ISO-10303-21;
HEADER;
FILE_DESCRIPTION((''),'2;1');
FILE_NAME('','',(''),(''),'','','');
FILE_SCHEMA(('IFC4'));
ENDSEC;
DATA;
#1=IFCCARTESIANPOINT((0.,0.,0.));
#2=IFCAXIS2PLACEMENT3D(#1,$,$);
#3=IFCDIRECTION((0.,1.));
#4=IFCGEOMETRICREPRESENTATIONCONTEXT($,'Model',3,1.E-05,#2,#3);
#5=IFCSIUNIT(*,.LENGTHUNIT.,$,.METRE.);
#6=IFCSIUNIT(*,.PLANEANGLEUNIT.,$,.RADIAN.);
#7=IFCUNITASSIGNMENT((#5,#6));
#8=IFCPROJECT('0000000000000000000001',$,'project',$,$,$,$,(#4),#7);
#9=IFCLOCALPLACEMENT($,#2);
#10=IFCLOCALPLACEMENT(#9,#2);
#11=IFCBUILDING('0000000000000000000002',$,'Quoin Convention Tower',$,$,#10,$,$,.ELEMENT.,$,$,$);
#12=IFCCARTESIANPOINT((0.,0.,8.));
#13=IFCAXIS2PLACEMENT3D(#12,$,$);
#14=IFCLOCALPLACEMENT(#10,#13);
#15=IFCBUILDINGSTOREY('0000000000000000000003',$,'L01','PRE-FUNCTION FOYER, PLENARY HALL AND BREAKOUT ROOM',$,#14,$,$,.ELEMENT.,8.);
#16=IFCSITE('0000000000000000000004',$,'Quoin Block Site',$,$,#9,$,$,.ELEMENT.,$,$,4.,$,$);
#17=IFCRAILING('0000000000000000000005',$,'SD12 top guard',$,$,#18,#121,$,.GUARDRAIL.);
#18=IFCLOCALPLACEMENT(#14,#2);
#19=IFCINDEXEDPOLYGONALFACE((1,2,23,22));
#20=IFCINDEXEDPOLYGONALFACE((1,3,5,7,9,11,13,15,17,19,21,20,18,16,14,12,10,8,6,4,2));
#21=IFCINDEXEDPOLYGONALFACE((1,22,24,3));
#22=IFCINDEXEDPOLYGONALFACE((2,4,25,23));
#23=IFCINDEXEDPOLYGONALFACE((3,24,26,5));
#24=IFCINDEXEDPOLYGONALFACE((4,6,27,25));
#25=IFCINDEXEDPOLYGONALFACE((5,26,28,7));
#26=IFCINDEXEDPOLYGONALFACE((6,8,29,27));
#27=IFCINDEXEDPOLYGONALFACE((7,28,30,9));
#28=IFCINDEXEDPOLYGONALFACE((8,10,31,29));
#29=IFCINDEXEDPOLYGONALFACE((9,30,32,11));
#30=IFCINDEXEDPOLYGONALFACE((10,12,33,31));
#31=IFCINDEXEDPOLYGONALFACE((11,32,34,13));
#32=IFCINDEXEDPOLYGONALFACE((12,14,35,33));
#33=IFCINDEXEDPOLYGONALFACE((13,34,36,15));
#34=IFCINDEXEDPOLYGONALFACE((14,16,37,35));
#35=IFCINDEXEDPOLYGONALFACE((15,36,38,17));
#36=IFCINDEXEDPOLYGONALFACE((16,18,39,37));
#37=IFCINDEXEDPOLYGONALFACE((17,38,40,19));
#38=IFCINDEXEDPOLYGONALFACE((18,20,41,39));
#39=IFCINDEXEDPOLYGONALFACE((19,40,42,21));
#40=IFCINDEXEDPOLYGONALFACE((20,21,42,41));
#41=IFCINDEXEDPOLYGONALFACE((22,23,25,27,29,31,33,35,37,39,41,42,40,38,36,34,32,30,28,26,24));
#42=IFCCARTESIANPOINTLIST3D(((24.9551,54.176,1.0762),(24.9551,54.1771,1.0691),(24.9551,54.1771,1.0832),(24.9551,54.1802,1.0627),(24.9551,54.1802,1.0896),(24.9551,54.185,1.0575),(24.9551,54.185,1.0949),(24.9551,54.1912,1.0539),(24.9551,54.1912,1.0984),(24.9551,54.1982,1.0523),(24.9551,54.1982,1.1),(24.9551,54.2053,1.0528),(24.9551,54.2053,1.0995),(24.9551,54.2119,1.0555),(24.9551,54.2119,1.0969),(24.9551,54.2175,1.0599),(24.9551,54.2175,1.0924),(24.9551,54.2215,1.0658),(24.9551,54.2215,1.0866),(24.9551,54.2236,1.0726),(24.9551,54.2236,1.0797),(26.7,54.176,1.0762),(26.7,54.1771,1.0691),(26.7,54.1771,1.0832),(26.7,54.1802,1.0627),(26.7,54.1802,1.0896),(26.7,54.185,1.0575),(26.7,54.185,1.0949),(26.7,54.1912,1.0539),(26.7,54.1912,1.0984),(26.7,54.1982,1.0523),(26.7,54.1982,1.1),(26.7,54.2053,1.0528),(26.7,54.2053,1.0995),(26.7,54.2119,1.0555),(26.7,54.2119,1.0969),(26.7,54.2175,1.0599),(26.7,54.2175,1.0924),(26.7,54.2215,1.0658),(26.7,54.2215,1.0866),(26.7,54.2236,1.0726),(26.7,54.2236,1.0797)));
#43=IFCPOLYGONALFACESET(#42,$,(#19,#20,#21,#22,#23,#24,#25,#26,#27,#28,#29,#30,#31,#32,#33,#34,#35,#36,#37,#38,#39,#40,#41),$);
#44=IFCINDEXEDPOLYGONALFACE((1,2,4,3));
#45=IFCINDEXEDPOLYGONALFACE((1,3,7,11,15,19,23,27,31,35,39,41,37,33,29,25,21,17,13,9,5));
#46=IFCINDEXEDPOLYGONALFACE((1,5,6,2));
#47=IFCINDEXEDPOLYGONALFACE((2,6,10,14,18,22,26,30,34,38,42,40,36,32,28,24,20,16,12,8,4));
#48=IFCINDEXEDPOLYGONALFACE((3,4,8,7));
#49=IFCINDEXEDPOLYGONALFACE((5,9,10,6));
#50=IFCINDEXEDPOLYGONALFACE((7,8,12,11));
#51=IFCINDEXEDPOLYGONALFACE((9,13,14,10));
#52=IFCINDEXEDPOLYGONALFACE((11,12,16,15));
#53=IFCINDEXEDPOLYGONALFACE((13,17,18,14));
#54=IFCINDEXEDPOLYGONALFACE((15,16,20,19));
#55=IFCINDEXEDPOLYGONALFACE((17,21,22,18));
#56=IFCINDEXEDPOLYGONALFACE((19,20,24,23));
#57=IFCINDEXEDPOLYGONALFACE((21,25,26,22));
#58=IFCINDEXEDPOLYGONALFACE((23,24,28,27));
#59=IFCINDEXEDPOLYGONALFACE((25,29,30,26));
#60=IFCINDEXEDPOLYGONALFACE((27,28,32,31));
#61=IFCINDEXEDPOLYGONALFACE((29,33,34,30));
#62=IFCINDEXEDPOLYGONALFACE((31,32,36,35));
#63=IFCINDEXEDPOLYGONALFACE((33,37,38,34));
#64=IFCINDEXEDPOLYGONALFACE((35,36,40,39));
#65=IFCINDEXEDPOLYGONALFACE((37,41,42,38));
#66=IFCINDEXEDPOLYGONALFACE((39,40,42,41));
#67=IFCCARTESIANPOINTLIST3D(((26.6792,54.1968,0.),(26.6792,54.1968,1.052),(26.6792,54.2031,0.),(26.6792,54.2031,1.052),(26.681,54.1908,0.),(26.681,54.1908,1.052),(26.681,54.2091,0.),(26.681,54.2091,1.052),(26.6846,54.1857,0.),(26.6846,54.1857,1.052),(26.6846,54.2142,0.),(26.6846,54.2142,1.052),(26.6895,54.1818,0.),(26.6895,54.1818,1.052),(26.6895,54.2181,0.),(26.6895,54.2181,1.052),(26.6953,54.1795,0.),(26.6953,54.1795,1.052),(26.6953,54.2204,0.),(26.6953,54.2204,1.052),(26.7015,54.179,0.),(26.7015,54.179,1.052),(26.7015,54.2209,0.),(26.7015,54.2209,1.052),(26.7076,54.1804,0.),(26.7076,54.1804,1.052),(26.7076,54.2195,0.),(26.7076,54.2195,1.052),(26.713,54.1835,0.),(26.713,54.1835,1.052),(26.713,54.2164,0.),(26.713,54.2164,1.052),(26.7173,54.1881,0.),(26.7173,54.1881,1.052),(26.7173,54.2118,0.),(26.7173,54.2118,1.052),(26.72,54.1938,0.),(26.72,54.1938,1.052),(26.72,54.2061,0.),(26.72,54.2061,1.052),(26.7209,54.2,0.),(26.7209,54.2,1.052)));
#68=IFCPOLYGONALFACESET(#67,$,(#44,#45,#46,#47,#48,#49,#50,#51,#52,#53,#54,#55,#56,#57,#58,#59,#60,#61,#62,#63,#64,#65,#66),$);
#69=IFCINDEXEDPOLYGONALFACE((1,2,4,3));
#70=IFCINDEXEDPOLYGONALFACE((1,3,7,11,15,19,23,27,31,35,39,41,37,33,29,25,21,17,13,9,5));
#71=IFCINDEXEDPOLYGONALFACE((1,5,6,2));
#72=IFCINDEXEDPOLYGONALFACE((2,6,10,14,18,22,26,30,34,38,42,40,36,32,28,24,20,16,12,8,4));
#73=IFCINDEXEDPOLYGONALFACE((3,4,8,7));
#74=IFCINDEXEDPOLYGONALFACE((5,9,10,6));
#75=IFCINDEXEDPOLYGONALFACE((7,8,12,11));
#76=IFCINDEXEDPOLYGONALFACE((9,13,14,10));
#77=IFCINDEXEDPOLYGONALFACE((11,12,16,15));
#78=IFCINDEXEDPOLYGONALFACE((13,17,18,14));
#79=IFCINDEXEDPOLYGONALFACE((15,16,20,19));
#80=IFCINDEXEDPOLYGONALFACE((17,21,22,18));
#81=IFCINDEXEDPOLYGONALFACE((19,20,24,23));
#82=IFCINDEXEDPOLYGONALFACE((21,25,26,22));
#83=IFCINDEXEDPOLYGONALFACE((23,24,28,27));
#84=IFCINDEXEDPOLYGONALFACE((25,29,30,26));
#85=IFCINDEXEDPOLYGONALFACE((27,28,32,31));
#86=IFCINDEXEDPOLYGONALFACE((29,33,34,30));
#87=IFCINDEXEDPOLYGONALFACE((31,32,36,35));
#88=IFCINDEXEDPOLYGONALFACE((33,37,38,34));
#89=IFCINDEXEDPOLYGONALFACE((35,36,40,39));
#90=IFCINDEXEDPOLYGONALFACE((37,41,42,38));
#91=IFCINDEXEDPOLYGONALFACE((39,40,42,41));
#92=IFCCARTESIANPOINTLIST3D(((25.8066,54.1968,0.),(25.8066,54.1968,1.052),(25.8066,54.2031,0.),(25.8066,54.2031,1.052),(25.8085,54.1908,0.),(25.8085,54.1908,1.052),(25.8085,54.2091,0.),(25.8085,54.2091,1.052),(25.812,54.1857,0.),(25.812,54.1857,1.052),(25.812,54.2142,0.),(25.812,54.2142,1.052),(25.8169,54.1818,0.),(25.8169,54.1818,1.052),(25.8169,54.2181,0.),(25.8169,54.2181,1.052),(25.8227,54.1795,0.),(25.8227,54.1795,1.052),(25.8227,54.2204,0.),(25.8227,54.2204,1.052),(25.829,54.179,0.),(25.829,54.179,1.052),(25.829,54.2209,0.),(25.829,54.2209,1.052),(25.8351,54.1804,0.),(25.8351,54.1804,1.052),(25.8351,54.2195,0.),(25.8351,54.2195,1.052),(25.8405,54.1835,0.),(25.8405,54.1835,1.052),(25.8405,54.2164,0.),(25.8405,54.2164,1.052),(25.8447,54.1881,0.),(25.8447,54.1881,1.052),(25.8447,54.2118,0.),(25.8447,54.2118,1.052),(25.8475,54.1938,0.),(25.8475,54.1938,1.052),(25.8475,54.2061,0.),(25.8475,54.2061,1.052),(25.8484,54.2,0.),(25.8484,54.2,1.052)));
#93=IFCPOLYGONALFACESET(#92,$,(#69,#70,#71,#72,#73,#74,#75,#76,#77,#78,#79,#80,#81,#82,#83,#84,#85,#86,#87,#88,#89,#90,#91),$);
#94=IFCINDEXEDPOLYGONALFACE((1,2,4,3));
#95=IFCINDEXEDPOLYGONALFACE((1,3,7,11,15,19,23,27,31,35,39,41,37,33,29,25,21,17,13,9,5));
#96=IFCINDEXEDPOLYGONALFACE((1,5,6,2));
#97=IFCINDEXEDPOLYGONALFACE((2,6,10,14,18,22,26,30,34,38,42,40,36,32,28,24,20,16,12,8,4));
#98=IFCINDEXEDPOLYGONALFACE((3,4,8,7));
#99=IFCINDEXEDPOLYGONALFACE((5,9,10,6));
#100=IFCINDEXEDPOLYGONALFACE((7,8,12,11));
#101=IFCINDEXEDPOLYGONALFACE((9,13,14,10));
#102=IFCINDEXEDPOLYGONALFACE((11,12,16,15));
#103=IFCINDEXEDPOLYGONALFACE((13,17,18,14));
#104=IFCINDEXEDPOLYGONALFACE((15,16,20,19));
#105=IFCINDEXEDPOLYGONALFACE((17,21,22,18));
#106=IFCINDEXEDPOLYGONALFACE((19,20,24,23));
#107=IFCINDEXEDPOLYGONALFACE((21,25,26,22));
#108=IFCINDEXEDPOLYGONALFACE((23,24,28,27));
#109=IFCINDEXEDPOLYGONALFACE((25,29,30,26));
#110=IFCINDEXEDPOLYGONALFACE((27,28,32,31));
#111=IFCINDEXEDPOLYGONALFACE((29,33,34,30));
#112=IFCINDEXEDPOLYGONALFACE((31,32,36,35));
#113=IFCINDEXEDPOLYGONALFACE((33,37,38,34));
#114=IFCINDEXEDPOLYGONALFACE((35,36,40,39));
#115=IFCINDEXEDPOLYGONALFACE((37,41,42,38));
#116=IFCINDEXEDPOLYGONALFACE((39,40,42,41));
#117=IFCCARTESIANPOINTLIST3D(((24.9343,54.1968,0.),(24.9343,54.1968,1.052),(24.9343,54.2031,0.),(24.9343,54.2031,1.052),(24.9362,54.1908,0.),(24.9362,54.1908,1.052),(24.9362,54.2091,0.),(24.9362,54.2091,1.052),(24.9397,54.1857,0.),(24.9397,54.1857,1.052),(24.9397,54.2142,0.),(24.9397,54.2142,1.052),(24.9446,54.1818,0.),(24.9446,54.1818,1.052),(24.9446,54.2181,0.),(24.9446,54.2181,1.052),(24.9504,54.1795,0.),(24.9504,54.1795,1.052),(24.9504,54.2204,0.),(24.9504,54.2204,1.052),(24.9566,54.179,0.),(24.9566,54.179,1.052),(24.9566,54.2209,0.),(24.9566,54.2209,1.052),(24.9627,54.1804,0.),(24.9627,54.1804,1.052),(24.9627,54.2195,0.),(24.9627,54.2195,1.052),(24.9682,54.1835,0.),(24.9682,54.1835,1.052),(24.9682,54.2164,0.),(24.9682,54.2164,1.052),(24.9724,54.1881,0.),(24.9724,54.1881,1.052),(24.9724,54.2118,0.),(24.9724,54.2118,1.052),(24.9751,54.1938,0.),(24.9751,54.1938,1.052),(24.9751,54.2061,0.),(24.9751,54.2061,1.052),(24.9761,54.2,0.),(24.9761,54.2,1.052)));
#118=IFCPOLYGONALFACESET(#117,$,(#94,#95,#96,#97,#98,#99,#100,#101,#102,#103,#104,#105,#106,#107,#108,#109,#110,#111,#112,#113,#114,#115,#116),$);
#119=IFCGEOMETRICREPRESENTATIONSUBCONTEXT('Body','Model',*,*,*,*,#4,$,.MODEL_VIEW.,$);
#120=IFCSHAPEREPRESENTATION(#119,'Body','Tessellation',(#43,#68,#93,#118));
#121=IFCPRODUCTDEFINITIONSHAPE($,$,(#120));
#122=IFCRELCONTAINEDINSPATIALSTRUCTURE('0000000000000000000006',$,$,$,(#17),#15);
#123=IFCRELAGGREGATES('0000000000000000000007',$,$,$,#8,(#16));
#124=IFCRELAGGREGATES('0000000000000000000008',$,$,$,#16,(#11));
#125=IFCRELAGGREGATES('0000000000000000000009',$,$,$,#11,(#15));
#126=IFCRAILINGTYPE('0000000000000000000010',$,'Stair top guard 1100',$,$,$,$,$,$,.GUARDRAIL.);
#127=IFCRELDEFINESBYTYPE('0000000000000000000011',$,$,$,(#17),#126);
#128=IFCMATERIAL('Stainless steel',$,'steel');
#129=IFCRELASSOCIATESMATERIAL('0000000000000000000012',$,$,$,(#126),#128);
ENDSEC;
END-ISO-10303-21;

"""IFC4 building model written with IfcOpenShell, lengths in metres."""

from ifc_helpers import new_model, si_unit, direction, frame, origin, origin_2d, place, context, subcontext, project, spatial, circle, extrude, material, type_object, element, save


model = new_model("IFC4")

# Units and contexts
model_context = context("Model", 3, precision=1e-05, world=origin(), true_north=direction((0.0, 1.0)))
body_context = subcontext(model_context, "Body", "Model", "MODEL_VIEW")
ifc_project = project(units=[si_unit("LENGTHUNIT", "METRE"), si_unit("PLANEANGLEUNIT", "RADIAN")], contexts=[model_context])

# Site, building, storey
site_placement = place(None, origin())
site = spatial("IfcSite", under=ifc_project, at=site_placement, Name="Quoin Block Site", CompositionType="ELEMENT", RefElevation=4.0)
building_placement = place(site_placement, origin())
building = spatial("IfcBuilding", under=site, at=building_placement, Name="Quoin Convention Tower", CompositionType="ELEMENT")
storey_placement = place(building_placement, frame((0.0, 0.0, 8.0)))
storey = spatial("IfcBuildingStorey", under=building, at=storey_placement, Name="L01", Description="PRE-FUNCTION FOYER, PLENARY HALL AND BREAKOUT ROOM", CompositionType="ELEMENT", Elevation=8.0)

# Railing
ifc_material_1 = material(Name="Stainless steel", Category="steel")
railing_type_1 = type_object("IfcRailingType", Name="Stair top guard 1100", PredefinedType="GUARDRAIL", material=ifc_material_1)
railing_1_placement = place(storey_placement, frame((26.7, 54.2, 0.0)))
element("IfcRailing", 1, at=railing_1_placement, inside=storey, type_object=railing_type_1, Name="SD12 top guard", PredefinedType="GUARDRAIL", context=body_context, shape_type="SweptSolid", body=[
    extrude(circle(Radius=0.0239, at=origin_2d()), frame((0.0, 0.0, 1.0762), z_axis=(-1.0, 0.0, 0.0), x_axis=(0.0, -1.0, 0.0)), (0.0, 0.0, 1.0), 1.7449),
    extrude(circle(Radius=0.021, at=origin_2d()), origin(), (0.0, 0.0, 1.0), 1.052),
    extrude(circle(Radius=0.021, at=origin_2d()), frame((-0.8726, 0.0, 0.0)), (0.0, 0.0, 1.0), 1.052),
    extrude(circle(Radius=0.021, at=origin_2d()), frame((-1.7449, 0.0, 0.0)), (0.0, 0.0, 1.0), 1.052),
])

save(model, "model.ifc")
